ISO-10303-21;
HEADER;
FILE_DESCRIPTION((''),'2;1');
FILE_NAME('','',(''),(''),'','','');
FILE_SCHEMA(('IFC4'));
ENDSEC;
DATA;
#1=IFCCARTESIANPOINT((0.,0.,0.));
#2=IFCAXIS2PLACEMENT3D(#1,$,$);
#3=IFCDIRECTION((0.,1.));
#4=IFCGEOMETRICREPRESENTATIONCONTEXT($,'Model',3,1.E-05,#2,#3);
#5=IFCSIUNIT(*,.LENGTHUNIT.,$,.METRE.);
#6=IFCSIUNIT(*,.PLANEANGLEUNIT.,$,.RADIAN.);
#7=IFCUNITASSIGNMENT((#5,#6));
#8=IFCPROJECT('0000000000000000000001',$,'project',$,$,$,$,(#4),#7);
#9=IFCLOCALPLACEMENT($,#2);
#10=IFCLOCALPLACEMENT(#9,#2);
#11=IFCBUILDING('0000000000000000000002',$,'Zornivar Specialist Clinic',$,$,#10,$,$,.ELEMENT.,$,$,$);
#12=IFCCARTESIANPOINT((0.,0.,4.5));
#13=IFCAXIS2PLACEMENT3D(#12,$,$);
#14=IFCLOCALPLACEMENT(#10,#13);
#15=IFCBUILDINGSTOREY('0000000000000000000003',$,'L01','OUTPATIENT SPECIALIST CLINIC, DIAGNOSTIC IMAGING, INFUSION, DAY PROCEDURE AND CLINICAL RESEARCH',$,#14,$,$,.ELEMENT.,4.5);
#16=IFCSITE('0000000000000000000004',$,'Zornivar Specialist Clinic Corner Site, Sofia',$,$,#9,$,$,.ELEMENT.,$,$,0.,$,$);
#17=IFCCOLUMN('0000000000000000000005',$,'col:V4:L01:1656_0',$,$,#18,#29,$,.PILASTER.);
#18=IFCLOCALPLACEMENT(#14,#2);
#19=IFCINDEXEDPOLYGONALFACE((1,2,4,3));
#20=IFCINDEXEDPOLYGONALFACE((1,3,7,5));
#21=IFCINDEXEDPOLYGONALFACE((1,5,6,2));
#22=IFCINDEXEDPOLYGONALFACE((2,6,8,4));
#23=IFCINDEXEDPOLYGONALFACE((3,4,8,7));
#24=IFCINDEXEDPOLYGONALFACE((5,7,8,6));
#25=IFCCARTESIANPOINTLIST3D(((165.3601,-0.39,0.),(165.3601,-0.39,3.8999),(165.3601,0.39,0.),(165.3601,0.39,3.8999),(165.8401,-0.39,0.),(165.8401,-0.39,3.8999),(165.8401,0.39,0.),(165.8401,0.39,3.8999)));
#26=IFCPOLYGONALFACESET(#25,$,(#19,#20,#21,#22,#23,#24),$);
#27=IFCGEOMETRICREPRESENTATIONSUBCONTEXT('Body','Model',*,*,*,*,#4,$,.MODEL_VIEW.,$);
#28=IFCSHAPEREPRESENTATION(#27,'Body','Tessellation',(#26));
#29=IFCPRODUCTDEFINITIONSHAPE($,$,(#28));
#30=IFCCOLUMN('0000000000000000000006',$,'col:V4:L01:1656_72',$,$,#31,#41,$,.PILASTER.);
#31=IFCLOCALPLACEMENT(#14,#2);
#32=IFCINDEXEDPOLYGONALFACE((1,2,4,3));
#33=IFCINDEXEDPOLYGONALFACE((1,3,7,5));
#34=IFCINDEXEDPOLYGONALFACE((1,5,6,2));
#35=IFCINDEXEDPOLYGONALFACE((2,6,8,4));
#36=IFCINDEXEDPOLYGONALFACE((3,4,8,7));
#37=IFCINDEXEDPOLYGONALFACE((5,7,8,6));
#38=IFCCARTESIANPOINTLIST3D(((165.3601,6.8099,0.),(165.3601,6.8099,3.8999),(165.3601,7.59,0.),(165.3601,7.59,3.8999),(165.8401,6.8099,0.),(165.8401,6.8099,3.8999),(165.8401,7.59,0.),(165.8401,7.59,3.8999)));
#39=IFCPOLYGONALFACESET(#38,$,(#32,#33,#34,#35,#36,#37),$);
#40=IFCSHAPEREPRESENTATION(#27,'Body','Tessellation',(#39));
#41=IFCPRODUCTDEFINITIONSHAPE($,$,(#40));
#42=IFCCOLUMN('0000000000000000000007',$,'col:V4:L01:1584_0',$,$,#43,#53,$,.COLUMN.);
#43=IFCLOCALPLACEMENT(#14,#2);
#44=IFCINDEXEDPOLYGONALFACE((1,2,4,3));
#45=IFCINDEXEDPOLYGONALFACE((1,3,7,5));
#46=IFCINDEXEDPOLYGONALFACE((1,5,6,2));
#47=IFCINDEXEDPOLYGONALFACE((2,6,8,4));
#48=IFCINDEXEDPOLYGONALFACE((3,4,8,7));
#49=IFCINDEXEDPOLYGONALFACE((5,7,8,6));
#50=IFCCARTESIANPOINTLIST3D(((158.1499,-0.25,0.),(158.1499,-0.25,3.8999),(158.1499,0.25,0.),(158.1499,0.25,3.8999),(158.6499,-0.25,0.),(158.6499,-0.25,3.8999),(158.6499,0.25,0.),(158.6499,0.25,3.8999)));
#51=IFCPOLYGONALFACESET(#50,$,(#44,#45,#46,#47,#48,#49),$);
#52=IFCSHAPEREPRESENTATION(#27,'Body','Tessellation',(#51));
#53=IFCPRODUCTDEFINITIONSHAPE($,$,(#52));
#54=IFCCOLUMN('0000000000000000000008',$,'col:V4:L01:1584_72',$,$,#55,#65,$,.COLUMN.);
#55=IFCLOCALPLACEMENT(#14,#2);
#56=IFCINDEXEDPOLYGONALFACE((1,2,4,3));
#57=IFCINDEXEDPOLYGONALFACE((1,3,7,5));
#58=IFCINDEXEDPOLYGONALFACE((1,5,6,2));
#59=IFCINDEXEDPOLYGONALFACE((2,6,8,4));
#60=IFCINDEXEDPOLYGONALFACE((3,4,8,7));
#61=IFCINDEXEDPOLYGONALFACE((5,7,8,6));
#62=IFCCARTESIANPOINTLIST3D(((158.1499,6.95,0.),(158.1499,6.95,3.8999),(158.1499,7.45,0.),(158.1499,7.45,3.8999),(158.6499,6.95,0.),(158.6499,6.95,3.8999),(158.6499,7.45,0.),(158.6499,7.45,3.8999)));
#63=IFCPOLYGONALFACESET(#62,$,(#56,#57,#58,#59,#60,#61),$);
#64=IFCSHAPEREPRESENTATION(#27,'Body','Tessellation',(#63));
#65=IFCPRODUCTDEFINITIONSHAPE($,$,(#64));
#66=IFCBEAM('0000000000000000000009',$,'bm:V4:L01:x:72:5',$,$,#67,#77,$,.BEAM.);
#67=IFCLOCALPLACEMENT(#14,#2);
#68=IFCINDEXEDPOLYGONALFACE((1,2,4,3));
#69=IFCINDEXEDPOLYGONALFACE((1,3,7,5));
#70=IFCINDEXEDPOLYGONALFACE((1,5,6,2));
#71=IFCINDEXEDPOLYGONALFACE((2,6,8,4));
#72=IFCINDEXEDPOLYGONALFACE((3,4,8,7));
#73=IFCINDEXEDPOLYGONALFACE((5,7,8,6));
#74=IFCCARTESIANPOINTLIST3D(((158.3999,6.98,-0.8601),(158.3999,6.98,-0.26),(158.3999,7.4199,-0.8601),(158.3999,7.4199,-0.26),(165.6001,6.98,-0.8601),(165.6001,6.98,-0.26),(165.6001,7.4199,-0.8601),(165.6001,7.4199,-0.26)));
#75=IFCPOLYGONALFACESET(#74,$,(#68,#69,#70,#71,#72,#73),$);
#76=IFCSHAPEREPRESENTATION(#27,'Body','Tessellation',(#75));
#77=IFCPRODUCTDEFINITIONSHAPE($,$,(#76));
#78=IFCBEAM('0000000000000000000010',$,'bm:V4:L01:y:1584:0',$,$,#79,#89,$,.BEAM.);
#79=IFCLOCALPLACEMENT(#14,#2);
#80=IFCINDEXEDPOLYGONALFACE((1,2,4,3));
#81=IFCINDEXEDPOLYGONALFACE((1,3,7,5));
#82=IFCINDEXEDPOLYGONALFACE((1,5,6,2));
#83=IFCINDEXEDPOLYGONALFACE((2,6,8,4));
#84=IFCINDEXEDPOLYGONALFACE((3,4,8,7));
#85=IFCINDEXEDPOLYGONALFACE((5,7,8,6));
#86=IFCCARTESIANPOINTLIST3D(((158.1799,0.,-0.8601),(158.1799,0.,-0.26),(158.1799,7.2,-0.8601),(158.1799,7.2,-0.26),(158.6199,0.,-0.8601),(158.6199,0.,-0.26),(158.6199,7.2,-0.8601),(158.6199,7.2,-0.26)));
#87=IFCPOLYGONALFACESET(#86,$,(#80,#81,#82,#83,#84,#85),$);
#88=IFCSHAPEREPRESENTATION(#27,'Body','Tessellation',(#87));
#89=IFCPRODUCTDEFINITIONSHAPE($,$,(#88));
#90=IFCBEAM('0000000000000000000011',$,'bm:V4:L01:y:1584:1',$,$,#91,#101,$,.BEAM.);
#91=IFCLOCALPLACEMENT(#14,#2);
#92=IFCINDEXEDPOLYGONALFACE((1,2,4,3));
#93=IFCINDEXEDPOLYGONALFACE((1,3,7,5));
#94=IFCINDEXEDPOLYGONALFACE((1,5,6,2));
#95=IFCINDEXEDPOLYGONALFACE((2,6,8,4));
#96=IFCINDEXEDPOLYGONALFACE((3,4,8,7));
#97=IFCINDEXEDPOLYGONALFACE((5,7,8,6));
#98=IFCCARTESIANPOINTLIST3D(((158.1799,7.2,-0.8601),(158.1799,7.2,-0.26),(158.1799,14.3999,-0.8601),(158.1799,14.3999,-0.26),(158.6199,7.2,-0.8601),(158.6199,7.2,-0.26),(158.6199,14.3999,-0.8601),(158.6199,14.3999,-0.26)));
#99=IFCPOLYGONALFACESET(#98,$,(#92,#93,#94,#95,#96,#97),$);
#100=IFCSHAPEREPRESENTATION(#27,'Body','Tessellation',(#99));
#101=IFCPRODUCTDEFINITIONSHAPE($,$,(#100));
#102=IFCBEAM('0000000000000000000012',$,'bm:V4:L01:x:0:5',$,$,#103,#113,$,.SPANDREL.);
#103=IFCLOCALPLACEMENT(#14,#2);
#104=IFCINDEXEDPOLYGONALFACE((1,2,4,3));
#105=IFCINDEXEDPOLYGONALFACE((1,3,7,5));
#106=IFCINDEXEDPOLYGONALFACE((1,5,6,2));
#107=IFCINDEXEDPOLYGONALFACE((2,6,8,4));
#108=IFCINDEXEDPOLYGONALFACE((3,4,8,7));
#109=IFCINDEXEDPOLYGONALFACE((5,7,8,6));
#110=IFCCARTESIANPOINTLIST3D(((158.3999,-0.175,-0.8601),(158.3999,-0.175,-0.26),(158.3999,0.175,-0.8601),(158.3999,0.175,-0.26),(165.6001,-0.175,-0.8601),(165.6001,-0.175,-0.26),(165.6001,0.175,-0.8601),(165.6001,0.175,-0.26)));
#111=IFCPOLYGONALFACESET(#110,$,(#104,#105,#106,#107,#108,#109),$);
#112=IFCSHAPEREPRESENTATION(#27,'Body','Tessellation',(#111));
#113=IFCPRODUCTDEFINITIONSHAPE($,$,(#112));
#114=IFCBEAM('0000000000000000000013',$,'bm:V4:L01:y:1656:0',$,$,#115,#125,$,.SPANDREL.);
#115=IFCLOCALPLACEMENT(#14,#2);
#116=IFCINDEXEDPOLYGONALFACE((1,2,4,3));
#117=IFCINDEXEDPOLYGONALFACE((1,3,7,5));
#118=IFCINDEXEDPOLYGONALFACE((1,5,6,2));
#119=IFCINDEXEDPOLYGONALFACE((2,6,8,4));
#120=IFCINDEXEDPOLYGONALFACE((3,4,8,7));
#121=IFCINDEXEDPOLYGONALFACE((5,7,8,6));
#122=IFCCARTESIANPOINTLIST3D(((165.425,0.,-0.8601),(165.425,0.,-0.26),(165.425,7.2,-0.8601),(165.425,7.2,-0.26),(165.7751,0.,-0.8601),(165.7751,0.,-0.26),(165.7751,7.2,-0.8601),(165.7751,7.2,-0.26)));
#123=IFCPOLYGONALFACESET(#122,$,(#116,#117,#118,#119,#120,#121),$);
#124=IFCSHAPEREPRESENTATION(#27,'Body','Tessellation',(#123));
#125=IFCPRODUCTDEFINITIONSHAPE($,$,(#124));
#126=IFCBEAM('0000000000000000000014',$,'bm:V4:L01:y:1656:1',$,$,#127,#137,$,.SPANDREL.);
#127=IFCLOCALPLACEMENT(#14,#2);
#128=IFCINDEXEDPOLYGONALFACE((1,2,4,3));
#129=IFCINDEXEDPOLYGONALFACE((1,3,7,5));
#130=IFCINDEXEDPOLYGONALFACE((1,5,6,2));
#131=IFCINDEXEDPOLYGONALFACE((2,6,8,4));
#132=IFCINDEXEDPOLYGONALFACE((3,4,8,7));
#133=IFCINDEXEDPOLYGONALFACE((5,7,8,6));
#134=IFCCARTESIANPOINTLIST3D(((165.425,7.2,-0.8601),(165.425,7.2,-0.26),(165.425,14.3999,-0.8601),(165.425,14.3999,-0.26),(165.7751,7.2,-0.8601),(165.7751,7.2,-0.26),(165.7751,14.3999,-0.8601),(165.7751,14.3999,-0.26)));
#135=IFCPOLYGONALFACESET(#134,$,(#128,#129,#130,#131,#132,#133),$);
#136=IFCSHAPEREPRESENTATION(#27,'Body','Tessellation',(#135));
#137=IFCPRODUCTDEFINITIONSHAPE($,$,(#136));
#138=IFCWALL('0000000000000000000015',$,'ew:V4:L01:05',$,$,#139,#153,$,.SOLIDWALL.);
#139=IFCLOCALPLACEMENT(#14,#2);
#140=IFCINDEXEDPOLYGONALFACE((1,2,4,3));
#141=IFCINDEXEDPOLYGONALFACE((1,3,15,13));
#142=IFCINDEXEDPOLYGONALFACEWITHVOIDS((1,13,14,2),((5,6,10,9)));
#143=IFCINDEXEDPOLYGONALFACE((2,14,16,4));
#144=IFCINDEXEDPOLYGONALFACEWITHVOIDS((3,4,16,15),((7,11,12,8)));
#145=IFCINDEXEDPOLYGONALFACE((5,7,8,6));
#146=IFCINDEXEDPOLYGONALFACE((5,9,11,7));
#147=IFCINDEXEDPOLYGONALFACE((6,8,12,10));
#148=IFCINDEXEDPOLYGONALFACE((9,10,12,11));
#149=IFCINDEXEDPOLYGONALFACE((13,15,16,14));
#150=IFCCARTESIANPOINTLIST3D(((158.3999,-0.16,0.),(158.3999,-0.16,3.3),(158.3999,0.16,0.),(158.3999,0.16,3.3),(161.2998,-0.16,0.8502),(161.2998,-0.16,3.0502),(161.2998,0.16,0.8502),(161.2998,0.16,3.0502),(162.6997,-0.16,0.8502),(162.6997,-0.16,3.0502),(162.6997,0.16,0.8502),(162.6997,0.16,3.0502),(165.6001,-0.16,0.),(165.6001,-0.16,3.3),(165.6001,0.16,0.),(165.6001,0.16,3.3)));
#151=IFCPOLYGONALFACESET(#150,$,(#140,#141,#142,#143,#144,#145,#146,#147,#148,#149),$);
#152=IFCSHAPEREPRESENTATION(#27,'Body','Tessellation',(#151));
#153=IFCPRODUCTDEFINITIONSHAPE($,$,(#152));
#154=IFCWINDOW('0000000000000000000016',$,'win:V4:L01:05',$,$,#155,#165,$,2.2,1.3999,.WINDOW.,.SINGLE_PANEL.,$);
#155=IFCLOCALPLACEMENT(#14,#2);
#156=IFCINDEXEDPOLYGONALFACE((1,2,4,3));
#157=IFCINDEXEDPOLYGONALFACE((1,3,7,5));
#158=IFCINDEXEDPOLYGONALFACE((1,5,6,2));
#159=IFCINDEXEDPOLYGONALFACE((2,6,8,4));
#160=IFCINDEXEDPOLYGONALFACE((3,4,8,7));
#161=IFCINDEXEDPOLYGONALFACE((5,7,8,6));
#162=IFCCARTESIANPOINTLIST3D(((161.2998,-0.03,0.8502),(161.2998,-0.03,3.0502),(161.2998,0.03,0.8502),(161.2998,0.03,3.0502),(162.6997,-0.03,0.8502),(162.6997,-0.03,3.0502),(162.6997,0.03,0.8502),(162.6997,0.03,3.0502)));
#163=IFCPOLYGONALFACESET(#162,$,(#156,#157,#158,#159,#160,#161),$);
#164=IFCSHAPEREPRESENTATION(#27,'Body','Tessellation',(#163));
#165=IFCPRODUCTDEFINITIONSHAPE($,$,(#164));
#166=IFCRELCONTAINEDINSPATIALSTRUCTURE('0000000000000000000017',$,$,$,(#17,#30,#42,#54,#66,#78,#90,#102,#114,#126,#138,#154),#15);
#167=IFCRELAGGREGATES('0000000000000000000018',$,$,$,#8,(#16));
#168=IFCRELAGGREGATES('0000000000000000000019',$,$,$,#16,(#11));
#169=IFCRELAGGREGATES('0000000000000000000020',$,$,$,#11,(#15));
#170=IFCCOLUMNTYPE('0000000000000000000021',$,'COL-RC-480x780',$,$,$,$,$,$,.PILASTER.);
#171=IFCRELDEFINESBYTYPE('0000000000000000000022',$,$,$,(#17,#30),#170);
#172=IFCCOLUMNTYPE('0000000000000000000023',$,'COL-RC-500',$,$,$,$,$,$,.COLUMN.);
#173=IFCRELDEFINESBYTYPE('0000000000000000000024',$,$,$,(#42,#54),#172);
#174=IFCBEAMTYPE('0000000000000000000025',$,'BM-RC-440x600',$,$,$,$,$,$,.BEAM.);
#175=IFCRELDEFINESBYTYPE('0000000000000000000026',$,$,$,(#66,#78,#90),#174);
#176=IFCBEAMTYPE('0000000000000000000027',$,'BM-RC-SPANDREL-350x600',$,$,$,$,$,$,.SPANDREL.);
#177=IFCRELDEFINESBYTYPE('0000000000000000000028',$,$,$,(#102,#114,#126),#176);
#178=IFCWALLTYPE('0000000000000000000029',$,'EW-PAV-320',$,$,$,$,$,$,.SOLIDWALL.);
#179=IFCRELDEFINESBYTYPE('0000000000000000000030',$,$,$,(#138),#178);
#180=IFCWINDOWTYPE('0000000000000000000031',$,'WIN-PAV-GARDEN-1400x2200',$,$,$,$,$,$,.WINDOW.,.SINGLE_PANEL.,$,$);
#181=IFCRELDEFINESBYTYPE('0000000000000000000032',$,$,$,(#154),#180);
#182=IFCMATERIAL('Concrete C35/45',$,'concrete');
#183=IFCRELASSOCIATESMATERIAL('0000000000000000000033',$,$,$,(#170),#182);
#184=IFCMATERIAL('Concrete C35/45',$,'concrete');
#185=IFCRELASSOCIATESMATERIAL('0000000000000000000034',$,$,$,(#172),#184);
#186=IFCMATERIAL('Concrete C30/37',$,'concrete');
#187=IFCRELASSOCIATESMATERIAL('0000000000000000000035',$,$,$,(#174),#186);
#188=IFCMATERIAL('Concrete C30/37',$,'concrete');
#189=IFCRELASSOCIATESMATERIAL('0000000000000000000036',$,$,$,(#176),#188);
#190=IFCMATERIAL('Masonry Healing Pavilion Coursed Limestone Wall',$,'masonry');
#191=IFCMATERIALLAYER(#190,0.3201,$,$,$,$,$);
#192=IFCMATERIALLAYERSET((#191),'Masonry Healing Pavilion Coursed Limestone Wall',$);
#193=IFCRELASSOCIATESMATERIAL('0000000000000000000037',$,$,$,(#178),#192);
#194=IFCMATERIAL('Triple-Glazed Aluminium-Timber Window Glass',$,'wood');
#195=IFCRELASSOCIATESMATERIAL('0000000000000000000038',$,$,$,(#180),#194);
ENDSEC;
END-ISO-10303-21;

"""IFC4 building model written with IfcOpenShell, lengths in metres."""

from ifc_helpers import new_model, si_unit, direction, frame, frame_2d, origin, origin_2d, place, context, subcontext, project, spatial, rectangle, extrude, material, layer, layer_set, material_profile, profile_set, type_object, element, fill, save


model = new_model("IFC4")

# Units and contexts
model_context = context("Model", 3, precision=1e-05, world=origin(), true_north=direction((0.0, 1.0)))
body_context = subcontext(model_context, "Body", "Model", "MODEL_VIEW")
ifc_project = project(units=[si_unit("LENGTHUNIT", "METRE"), si_unit("PLANEANGLEUNIT", "RADIAN")], contexts=[model_context])

# Site, building, storey
site_placement = place(None, origin())
site = spatial("IfcSite", under=ifc_project, at=site_placement, Name="Zornivar Specialist Clinic Corner Site, Sofia", CompositionType="ELEMENT", RefElevation=0.0)
building_placement = place(site_placement, origin())
building = spatial("IfcBuilding", under=site, at=building_placement, Name="Zornivar Specialist Clinic", CompositionType="ELEMENT")
storey_placement = place(building_placement, frame((0.0, 0.0, 4.5)))
storey = spatial("IfcBuildingStorey", under=building, at=storey_placement, Name="L01", Description="OUTPATIENT SPECIALIST CLINIC, DIAGNOSTIC IMAGING, INFUSION, DAY PROCEDURE AND CLINICAL RESEARCH", CompositionType="ELEMENT", Elevation=4.5)

# Columns
ifc_material_1 = material(Name="Concrete C35/45", Category="concrete")
ifc_material_profile_1 = material_profile(ifc_material_1, rectangle(XDim=0.48, YDim=0.78, at=origin_2d()), Name="RC 480x780")
ifc_profile_set_1 = profile_set([ifc_material_profile_1], Name="Concrete C35/45")
column_type_1 = type_object("IfcColumnType", Name="COL-RC-480x780", PredefinedType="PILASTER", material=ifc_profile_set_1)
for number, where, z_axis, x_axis, name in (
    (1, (165.6001, 0.0, 0.0), (0.0, 0.0, 1.0), (1.0, 0.0, 0.0), "col:V4:L01:1656_0"),
    (2, (165.6001, 7.2, 0.0), (0.0, 0.0, 1.0), (1.0, 0.0, 0.0), "col:V4:L01:1656_72"),
):
    element("IfcColumn", number, at=place(storey_placement, frame(where, z_axis=z_axis, x_axis=x_axis)), inside=storey, type_object=column_type_1, Name=name, PredefinedType="PILASTER", context=body_context, shape_type="SweptSolid", body=[
        extrude(rectangle(XDim=0.48, YDim=0.78, at=origin_2d()), origin(), (0.0, 0.0, 1.0), 3.8999),
    ])
ifc_material_2 = material(Name="Concrete C35/45", Category="concrete")
ifc_material_profile_2 = material_profile(ifc_material_2, rectangle(XDim=0.5, YDim=0.5, at=origin_2d()), Name="RC 500x500")
ifc_profile_set_2 = profile_set([ifc_material_profile_2], Name="Concrete C35/45")
column_type_2 = type_object("IfcColumnType", Name="COL-RC-500", PredefinedType="COLUMN", material=ifc_profile_set_2)
for number, where, z_axis, x_axis, name in (
    (3, (158.3999, 0.0, 0.0), (0.0, 0.0, 1.0), (1.0, 0.0, 0.0), "col:V4:L01:1584_0"),
    (4, (158.3999, 7.2, 0.0), (0.0, 0.0, 1.0), (1.0, 0.0, 0.0), "col:V4:L01:1584_72"),
):
    element("IfcColumn", number, at=place(storey_placement, frame(where, z_axis=z_axis, x_axis=x_axis)), inside=storey, type_object=column_type_2, Name=name, PredefinedType="COLUMN", context=body_context, shape_type="SweptSolid", body=[
        extrude(rectangle(XDim=0.5, YDim=0.5, at=origin_2d()), origin(), (0.0, 0.0, 1.0), 3.8999),
    ])

# Beams
ifc_material_3 = material(Name="Concrete C30/37", Category="concrete")
ifc_material_profile_3 = material_profile(ifc_material_3, rectangle(XDim=0.4399, YDim=0.6001, at=origin_2d()), Name="RC 440x600")
ifc_profile_set_3 = profile_set([ifc_material_profile_3], Name="Concrete C30/37")
beam_type_1 = type_object("IfcBeamType", Name="BM-RC-440x600", PredefinedType="BEAM", material=ifc_profile_set_3)
beam_1_placement = place(storey_placement, frame((158.3999, 7.2, -0.5601), z_axis=(1.0, 0.0, 0.0), x_axis=(0.0, 1.0, 0.0)))
element("IfcBeam", 5, at=beam_1_placement, inside=storey, type_object=beam_type_1, Name="bm:V4:L01:x:72:5", PredefinedType="BEAM", context=body_context, shape_type="SweptSolid", body=[
    extrude(rectangle(XDim=0.4399, YDim=0.6001, at=origin_2d()), origin(), (0.0, 0.0, 1.0), 7.2002),
])
for number, where, z_axis, x_axis, name in (
    (6, (158.3999, 0.0, -0.5601), (0.0, 1.0, 0.0), (-1.0, 0.0, 0.0), "bm:V4:L01:y:1584:0"),
    (7, (158.3999, 7.2, -0.5601), (0.0, 1.0, 0.0), (-1.0, 0.0, 0.0), "bm:V4:L01:y:1584:1"),
):
    element("IfcBeam", number, at=place(storey_placement, frame(where, z_axis=z_axis, x_axis=x_axis)), inside=storey, type_object=beam_type_1, Name=name, PredefinedType="BEAM", context=body_context, shape_type="SweptSolid", body=[
        extrude(rectangle(XDim=0.4399, YDim=0.6001, at=origin_2d()), origin(), (0.0, 0.0, 1.0), 7.2),
    ])
ifc_material_4 = material(Name="Concrete C30/37", Category="concrete")
ifc_material_profile_4 = material_profile(ifc_material_4, rectangle(XDim=0.3501, YDim=0.6001, at=origin_2d()), Name="RC 350x600")
ifc_profile_set_4 = profile_set([ifc_material_profile_4], Name="Concrete C30/37")
beam_type_2 = type_object("IfcBeamType", Name="BM-RC-SPANDREL-350x600", PredefinedType="SPANDREL", material=ifc_profile_set_4)
beam_2_placement = place(storey_placement, frame((158.3999, 0.0, -0.5601), z_axis=(1.0, 0.0, 0.0), x_axis=(0.0, 1.0, 0.0)))
element("IfcBeam", 8, at=beam_2_placement, inside=storey, type_object=beam_type_2, Name="bm:V4:L01:x:0:5", PredefinedType="SPANDREL", context=body_context, shape_type="SweptSolid", body=[
    extrude(rectangle(XDim=0.3501, YDim=0.6001, at=origin_2d()), origin(), (0.0, 0.0, 1.0), 7.2002),
])
for number, where, z_axis, x_axis, name in (
    (9, (165.6001, 0.0, -0.5601), (0.0, 1.0, 0.0), (-1.0, 0.0, 0.0), "bm:V4:L01:y:1656:0"),
    (10, (165.6001, 7.2, -0.5601), (0.0, 1.0, 0.0), (-1.0, 0.0, 0.0), "bm:V4:L01:y:1656:1"),
):
    element("IfcBeam", number, at=place(storey_placement, frame(where, z_axis=z_axis, x_axis=x_axis)), inside=storey, type_object=beam_type_2, Name=name, PredefinedType="SPANDREL", context=body_context, shape_type="SweptSolid", body=[
        extrude(rectangle(XDim=0.3501, YDim=0.6001, at=origin_2d()), origin(), (0.0, 0.0, 1.0), 7.2),
    ])

# Wall, opening, window
ifc_material_5 = material(Name="Masonry Healing Pavilion Coursed Limestone Wall", Category="masonry")
ifc_layer_1 = layer(ifc_material_5, 0.3201)
ifc_layer_set_1 = layer_set([ifc_layer_1], Name="Masonry Healing Pavilion Coursed Limestone Wall")
wall_type_1 = type_object("IfcWallType", Name="EW-PAV-320", PredefinedType="SOLIDWALL", material=ifc_layer_set_1)
wall_1_placement = place(storey_placement, frame((158.3999, 0.0, 0.0), z_axis=(0.0, 0.0, 1.0), x_axis=(1.0, 0.0, 0.0)))
wall_1 = element("IfcWall", 11, at=wall_1_placement, inside=storey, type_object=wall_type_1, Name="ew:V4:L01:05", PredefinedType="SOLIDWALL", context=body_context, shape_type="SweptSolid", body=[
    extrude(rectangle(XDim=7.2002, YDim=0.3201, at=frame_2d((3.6001, 0.0))), origin(), (0.0, 0.0, 1.0), 3.3),
])
opening_1_placement = place(wall_1_placement, frame((2.8999, 0.0, 0.8501)))
opening_1 = element("IfcOpeningElement", 12, at=opening_1_placement, cuts=wall_1, PredefinedType="OPENING", context=body_context, shape_type="SweptSolid", body=[
    extrude(rectangle(XDim=1.3999, YDim=2.2, at=frame_2d((0.7, 1.1001))), frame((0.0, 0.1699, 0.0), z_axis=(0.0, -1.0, 0.0), x_axis=(1.0, 0.0, 0.0)), (0.0, 0.0, 1.0), 0.3401),
])
ifc_material_6 = material(Name="Triple-Glazed Aluminium-Timber Window Glass", Category="wood")
window_type = type_object("IfcWindowType", Name="WIN-PAV-GARDEN-1400x2200", PartitioningType="SINGLE_PANEL", PredefinedType="WINDOW", material=ifc_material_6)
window_1_placement = place(opening_1_placement, origin())
window_1 = element("IfcWindow", 13, at=window_1_placement, inside=storey, type_object=window_type, Name="win:V4:L01:05", OverallHeight=2.2, OverallWidth=1.3999, PartitioningType="SINGLE_PANEL", PredefinedType="WINDOW", context=body_context, shape_type="SweptSolid", body=[
    extrude(rectangle(XDim=1.3999, YDim=2.2, at=frame_2d((0.7, 1.1001))), frame((0.0, 0.03, 0.0), z_axis=(0.0, -1.0, 0.0), x_axis=(1.0, 0.0, 0.0)), (0.0, 0.0, 1.0), 0.0601),
])
fill(opening_1, window_1)

save(model, "model.ifc")
